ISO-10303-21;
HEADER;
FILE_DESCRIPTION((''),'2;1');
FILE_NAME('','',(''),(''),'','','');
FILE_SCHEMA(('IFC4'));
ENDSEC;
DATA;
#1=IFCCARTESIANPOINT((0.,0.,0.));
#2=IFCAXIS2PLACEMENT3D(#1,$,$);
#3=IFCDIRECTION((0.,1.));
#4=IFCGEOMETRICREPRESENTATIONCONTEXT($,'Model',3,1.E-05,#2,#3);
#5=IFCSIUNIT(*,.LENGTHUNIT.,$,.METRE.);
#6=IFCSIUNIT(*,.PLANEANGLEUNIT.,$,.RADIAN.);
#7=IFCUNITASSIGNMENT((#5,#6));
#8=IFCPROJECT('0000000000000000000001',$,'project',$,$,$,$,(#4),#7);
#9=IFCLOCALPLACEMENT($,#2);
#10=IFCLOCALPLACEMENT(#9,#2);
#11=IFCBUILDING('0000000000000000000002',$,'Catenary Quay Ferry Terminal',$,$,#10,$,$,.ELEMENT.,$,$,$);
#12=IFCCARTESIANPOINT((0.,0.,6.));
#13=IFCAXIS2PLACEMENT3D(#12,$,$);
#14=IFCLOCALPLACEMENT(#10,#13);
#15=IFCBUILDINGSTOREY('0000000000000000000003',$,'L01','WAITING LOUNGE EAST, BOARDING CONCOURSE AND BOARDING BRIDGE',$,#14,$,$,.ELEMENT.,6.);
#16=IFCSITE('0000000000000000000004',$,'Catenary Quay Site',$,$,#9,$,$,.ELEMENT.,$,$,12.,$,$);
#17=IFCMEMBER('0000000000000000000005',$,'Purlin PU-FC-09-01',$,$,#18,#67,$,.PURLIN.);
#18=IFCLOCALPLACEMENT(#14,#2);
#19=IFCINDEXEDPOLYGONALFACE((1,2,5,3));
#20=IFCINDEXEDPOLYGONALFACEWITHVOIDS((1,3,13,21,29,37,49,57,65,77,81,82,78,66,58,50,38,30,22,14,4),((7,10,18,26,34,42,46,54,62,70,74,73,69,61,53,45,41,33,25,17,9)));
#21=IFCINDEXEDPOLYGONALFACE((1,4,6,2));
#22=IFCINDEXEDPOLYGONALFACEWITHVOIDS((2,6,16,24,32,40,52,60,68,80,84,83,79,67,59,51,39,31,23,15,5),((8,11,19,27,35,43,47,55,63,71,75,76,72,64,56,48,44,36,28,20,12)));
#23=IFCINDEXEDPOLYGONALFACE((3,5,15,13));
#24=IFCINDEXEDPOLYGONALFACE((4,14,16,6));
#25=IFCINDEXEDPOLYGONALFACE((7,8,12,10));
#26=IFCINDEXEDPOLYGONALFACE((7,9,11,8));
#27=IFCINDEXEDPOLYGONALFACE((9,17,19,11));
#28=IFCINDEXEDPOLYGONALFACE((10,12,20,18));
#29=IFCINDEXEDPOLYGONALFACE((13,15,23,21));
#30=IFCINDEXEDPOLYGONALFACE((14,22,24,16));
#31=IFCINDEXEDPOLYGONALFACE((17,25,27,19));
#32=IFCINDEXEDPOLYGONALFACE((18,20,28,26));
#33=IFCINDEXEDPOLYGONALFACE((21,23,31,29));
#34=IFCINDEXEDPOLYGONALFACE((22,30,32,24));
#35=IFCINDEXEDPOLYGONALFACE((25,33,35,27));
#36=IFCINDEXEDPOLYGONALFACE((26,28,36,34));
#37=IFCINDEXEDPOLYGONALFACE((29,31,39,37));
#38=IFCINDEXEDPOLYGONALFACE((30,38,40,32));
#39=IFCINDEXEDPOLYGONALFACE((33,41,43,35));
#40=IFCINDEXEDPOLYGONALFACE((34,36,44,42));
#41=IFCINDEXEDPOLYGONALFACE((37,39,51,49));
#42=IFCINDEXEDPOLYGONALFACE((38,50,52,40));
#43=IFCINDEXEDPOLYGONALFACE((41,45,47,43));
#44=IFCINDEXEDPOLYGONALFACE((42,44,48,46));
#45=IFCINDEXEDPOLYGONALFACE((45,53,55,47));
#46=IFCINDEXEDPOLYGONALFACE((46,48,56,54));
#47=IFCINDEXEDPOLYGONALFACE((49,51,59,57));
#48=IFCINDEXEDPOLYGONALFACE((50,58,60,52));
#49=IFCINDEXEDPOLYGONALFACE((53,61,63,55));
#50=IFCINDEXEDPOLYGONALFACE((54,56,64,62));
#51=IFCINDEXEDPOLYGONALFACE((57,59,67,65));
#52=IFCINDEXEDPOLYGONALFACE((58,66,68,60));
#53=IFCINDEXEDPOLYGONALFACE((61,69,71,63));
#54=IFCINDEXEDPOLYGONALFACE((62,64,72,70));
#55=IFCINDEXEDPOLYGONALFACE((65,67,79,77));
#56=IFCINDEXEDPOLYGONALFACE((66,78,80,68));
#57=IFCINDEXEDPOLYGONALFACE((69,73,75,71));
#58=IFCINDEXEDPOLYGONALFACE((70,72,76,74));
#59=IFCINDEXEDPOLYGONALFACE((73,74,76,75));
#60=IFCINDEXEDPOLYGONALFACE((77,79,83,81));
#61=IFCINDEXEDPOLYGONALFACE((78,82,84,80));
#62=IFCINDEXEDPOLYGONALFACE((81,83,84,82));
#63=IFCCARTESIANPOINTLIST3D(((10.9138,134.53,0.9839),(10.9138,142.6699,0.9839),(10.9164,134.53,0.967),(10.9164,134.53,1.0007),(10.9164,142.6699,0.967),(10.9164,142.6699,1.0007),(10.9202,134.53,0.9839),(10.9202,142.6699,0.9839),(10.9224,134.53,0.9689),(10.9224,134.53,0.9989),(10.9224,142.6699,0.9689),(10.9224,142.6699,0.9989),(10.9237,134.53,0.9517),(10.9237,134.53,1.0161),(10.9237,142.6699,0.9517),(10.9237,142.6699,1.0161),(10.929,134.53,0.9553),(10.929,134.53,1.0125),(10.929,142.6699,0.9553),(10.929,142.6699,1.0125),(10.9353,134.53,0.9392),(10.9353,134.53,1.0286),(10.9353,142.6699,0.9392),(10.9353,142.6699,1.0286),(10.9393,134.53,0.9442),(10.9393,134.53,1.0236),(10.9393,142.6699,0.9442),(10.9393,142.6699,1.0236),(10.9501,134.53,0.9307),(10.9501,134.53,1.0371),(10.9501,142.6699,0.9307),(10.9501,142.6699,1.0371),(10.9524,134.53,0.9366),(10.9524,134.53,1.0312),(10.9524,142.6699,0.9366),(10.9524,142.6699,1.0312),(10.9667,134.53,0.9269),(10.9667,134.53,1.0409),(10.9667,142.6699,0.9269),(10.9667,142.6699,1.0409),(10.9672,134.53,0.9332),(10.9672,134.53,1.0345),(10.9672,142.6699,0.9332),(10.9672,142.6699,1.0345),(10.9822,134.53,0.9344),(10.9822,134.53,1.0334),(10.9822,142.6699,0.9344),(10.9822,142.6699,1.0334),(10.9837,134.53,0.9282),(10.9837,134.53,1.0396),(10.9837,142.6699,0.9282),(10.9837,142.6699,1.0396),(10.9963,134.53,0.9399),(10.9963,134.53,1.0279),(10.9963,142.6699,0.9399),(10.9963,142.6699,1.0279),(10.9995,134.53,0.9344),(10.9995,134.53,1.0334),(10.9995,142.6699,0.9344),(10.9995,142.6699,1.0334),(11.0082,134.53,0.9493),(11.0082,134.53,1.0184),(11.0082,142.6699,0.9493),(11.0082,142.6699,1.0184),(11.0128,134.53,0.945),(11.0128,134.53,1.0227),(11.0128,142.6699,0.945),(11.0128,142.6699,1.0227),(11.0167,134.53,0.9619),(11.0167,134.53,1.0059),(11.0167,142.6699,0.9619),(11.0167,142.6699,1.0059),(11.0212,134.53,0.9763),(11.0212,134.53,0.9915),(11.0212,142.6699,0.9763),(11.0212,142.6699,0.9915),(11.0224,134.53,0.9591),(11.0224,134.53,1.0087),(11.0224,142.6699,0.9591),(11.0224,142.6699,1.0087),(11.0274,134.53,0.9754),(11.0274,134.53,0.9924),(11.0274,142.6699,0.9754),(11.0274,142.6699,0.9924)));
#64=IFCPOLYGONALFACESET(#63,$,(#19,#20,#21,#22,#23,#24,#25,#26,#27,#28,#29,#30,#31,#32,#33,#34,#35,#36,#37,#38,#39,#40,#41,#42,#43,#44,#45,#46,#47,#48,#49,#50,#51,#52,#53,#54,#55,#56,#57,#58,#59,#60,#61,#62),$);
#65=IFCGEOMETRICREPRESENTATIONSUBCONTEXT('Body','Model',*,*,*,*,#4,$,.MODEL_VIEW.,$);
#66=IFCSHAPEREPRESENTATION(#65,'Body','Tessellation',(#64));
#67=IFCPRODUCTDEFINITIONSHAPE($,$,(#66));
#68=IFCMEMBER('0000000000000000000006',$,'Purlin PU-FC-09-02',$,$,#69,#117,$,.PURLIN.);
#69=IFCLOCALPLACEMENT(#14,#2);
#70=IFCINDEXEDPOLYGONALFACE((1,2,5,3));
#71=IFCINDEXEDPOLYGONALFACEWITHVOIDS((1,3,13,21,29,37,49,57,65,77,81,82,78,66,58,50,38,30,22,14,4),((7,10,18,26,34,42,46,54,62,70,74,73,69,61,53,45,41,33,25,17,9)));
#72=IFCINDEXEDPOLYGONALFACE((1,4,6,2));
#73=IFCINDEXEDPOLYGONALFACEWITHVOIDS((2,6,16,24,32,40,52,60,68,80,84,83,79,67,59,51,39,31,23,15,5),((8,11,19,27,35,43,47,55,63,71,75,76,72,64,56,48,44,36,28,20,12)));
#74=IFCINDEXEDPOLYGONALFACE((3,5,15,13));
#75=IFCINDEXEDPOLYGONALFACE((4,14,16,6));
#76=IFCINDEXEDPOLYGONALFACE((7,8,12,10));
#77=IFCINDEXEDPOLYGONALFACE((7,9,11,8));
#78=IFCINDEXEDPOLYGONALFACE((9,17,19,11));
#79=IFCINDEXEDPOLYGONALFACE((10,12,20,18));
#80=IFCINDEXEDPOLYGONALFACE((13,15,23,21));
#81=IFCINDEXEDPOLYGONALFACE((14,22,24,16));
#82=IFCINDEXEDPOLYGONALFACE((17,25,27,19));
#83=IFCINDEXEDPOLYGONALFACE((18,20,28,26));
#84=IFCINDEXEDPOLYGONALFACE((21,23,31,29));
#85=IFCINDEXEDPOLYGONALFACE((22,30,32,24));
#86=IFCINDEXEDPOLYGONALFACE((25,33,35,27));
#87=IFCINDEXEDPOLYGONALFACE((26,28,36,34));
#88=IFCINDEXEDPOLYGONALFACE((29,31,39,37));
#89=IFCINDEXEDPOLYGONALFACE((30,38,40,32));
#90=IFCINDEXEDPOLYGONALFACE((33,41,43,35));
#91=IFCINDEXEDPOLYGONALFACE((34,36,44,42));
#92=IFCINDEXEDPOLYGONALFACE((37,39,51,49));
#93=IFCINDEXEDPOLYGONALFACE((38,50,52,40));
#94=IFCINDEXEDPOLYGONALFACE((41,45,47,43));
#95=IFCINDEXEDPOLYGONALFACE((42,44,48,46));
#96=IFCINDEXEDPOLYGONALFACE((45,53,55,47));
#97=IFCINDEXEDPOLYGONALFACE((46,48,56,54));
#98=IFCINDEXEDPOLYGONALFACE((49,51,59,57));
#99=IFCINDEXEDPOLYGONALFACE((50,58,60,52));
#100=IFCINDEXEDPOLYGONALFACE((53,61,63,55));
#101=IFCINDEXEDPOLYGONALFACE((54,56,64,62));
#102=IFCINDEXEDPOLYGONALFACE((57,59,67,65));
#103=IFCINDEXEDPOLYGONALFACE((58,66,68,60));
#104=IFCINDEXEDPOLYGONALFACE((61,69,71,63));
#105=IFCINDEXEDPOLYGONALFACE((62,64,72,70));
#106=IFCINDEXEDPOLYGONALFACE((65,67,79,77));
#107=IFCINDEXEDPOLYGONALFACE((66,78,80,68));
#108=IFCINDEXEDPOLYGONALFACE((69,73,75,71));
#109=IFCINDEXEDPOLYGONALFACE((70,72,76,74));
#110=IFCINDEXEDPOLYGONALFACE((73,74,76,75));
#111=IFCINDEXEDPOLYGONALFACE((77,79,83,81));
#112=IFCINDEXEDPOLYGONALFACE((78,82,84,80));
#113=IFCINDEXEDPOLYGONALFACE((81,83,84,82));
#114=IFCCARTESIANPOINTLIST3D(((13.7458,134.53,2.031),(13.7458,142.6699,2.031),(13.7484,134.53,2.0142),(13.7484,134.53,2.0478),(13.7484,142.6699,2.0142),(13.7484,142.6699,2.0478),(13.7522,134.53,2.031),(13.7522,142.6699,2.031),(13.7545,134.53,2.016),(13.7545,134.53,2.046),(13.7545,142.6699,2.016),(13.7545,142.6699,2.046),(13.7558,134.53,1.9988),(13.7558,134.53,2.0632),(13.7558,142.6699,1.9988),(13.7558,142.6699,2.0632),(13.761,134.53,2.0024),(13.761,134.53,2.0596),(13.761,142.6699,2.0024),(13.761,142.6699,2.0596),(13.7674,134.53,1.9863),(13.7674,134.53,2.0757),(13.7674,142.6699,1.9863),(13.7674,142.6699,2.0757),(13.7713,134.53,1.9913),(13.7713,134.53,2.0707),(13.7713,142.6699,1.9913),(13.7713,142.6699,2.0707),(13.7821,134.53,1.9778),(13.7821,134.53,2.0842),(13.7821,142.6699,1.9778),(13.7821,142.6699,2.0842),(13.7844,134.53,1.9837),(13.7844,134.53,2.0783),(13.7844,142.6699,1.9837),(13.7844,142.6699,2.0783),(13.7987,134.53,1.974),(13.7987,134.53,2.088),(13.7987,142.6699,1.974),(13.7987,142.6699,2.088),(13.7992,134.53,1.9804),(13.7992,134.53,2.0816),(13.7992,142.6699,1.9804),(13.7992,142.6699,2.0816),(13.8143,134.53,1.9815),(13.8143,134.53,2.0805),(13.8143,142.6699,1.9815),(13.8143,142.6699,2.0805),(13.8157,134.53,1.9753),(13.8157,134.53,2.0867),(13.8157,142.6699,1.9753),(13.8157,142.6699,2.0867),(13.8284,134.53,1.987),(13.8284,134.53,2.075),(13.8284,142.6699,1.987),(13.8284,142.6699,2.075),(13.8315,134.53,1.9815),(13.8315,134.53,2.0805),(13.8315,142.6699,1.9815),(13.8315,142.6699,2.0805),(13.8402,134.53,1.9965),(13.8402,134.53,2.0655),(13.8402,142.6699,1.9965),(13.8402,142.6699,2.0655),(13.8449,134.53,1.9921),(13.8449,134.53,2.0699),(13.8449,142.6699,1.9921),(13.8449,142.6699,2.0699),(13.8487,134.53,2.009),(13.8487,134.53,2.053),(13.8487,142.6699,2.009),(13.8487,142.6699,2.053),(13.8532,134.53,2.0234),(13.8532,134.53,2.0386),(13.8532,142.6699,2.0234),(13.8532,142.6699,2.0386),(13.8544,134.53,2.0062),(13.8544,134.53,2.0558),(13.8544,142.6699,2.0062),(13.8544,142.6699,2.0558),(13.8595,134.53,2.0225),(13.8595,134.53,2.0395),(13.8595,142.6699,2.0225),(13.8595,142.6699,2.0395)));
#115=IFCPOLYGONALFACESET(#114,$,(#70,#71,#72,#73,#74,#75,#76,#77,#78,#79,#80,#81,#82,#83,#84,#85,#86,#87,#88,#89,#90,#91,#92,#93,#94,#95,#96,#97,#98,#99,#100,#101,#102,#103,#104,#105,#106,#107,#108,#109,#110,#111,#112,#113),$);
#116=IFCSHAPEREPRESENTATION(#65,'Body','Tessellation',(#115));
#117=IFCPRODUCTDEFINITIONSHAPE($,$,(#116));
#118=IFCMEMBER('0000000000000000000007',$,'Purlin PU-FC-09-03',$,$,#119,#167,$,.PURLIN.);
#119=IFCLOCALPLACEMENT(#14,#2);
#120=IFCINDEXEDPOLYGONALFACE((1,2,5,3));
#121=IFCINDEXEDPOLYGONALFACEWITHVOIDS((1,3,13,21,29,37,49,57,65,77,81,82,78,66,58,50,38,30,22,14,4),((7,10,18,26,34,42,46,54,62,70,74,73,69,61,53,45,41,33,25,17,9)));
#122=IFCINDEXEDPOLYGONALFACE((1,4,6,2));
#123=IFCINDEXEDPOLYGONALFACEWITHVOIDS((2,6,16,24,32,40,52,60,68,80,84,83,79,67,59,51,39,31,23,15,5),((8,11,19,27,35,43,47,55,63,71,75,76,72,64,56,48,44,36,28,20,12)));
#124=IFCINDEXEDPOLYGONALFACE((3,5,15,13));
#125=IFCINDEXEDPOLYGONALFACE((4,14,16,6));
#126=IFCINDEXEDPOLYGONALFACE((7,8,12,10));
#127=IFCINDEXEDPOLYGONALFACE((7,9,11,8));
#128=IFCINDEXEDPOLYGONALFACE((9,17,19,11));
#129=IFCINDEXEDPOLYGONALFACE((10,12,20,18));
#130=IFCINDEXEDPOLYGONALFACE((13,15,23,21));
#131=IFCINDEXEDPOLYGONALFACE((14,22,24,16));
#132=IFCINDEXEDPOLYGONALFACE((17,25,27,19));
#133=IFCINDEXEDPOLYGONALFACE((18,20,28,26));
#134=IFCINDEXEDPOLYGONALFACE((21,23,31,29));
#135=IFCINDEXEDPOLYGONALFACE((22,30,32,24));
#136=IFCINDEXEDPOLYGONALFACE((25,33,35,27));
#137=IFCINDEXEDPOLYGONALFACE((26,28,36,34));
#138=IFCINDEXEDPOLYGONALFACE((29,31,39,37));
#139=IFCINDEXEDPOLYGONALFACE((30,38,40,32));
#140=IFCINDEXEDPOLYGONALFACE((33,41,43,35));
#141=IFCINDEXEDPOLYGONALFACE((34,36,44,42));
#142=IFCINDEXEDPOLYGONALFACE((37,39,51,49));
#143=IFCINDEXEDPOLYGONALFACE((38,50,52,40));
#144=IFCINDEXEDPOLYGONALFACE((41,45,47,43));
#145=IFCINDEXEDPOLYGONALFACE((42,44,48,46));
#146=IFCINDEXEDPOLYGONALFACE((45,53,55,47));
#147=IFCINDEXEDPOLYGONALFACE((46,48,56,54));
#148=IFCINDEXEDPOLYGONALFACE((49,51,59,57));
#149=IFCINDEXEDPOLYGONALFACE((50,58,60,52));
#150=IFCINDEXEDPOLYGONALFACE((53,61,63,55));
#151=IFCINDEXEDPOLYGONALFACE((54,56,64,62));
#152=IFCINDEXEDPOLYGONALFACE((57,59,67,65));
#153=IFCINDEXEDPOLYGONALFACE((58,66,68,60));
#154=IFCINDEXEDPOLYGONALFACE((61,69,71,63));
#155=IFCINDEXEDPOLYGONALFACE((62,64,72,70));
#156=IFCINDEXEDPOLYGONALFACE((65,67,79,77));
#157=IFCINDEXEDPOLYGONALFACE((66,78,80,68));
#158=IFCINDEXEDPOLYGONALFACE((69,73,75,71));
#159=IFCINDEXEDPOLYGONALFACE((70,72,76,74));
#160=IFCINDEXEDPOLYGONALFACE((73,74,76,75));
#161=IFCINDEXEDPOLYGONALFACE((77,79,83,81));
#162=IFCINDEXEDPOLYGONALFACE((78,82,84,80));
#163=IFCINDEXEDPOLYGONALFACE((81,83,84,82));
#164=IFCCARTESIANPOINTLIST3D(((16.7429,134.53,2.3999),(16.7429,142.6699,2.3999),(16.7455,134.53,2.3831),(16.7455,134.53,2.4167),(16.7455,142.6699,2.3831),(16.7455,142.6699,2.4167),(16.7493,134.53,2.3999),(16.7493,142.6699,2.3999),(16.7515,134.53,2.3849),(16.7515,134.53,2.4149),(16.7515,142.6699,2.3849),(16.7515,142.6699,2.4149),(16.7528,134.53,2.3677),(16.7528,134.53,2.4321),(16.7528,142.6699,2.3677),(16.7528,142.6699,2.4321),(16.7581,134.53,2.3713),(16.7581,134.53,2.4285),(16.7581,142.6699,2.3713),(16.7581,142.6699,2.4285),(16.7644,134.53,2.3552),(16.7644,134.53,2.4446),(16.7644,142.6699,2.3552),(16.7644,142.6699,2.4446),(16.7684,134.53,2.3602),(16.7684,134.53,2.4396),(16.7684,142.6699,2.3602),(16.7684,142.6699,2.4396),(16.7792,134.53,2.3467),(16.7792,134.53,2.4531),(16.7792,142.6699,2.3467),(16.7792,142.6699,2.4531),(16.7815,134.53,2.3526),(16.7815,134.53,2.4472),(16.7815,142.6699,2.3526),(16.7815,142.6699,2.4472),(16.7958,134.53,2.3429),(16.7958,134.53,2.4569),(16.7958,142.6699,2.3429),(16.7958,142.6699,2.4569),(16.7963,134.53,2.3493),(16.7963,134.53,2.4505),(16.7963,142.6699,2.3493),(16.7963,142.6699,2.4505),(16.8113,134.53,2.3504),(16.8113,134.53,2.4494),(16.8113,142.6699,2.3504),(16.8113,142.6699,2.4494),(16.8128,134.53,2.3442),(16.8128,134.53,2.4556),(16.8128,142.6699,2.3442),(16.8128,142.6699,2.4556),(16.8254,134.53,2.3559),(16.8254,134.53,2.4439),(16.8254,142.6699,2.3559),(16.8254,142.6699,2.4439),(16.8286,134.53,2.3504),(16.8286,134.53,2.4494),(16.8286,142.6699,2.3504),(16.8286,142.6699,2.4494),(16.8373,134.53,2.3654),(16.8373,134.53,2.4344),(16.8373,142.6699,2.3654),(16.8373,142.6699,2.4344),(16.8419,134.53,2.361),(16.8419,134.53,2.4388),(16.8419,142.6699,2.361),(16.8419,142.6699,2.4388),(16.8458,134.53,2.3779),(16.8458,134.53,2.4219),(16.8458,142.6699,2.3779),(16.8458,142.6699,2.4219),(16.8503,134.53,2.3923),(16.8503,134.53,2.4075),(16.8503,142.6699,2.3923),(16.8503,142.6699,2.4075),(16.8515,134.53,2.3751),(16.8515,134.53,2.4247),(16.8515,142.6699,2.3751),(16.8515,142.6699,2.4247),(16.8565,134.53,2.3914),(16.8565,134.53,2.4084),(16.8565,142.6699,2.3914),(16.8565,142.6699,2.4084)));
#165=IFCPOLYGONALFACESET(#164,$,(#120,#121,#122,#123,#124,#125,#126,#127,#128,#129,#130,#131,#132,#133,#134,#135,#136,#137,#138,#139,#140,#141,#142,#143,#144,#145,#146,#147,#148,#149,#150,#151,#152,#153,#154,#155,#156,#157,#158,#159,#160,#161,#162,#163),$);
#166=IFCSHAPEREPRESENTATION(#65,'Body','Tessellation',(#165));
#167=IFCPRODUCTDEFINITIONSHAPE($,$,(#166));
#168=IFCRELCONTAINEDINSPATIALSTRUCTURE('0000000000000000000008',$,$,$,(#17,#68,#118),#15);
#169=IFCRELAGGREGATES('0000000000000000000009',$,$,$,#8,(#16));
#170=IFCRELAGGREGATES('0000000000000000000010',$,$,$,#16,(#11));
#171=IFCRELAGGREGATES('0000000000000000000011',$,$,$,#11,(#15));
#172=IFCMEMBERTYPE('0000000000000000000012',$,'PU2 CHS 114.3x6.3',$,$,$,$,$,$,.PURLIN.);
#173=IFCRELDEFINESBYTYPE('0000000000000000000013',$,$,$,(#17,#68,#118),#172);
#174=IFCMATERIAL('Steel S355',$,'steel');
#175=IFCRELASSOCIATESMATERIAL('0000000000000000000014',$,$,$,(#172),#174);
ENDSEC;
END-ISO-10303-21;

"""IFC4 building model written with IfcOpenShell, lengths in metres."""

from ifc_helpers import new_model, si_unit, direction, frame, origin, origin_2d, place, context, subcontext, project, spatial, hollow_circle, extrude, material, material_profile, profile_set, type_object, element, save


model = new_model("IFC4")

# Units and contexts
model_context = context("Model", 3, precision=1e-05, world=origin(), true_north=direction((0.0, 1.0)))
body_context = subcontext(model_context, "Body", "Model", "MODEL_VIEW")
ifc_project = project(units=[si_unit("LENGTHUNIT", "METRE"), si_unit("PLANEANGLEUNIT", "RADIAN")], contexts=[model_context])

# Site, building, storey
site_placement = place(None, origin())
site = spatial("IfcSite", under=ifc_project, at=site_placement, Name="Catenary Quay Site", CompositionType="ELEMENT", RefElevation=12.0)
building_placement = place(site_placement, origin())
building = spatial("IfcBuilding", under=site, at=building_placement, Name="Catenary Quay Ferry Terminal", CompositionType="ELEMENT")
storey_placement = place(building_placement, frame((0.0, 0.0, 6.0)))
storey = spatial("IfcBuildingStorey", under=building, at=storey_placement, Name="L01", Description="WAITING LOUNGE EAST, BOARDING CONCOURSE AND BOARDING BRIDGE", CompositionType="ELEMENT", Elevation=6.0)

# Members
ifc_material_1 = material(Name="Steel S355", Category="steel")
ifc_material_profile_1 = material_profile(ifc_material_1, hollow_circle(Radius=0.0571, WallThickness=0.0063, at=origin_2d()), Name="CHS 114.3x6.3")
ifc_profile_set_1 = profile_set([ifc_material_profile_1], Name="Steel S355")
member_type_1 = type_object("IfcMemberType", Name="PU2 CHS 114.3x6.3", PredefinedType="PURLIN", material=ifc_profile_set_1)
for number, where, z_axis, x_axis, name in (
    (1, (10.9709, 134.53, 0.9839), (0.0, 1.0, 0.0), (-1.0, 0.0, 0.0), "Purlin PU-FC-09-01"),
    (2, (13.803, 134.53, 2.031), (0.0, 1.0, 0.0), (-1.0, 0.0, 0.0), "Purlin PU-FC-09-02"),
    (3, (16.8, 134.53, 2.3999), (0.0, 1.0, 0.0), (-1.0, 0.0, 0.0), "Purlin PU-FC-09-03"),
):
    element("IfcMember", number, at=place(storey_placement, frame(where, z_axis=z_axis, x_axis=x_axis)), inside=storey, type_object=member_type_1, Name=name, PredefinedType="PURLIN", context=body_context, shape_type="SweptSolid", body=[
        extrude(hollow_circle(Radius=0.0571, WallThickness=0.0063, at=origin_2d()), origin(), (0.0, 0.0, 1.0), 8.1399),
    ])

save(model, "model.ifc")
